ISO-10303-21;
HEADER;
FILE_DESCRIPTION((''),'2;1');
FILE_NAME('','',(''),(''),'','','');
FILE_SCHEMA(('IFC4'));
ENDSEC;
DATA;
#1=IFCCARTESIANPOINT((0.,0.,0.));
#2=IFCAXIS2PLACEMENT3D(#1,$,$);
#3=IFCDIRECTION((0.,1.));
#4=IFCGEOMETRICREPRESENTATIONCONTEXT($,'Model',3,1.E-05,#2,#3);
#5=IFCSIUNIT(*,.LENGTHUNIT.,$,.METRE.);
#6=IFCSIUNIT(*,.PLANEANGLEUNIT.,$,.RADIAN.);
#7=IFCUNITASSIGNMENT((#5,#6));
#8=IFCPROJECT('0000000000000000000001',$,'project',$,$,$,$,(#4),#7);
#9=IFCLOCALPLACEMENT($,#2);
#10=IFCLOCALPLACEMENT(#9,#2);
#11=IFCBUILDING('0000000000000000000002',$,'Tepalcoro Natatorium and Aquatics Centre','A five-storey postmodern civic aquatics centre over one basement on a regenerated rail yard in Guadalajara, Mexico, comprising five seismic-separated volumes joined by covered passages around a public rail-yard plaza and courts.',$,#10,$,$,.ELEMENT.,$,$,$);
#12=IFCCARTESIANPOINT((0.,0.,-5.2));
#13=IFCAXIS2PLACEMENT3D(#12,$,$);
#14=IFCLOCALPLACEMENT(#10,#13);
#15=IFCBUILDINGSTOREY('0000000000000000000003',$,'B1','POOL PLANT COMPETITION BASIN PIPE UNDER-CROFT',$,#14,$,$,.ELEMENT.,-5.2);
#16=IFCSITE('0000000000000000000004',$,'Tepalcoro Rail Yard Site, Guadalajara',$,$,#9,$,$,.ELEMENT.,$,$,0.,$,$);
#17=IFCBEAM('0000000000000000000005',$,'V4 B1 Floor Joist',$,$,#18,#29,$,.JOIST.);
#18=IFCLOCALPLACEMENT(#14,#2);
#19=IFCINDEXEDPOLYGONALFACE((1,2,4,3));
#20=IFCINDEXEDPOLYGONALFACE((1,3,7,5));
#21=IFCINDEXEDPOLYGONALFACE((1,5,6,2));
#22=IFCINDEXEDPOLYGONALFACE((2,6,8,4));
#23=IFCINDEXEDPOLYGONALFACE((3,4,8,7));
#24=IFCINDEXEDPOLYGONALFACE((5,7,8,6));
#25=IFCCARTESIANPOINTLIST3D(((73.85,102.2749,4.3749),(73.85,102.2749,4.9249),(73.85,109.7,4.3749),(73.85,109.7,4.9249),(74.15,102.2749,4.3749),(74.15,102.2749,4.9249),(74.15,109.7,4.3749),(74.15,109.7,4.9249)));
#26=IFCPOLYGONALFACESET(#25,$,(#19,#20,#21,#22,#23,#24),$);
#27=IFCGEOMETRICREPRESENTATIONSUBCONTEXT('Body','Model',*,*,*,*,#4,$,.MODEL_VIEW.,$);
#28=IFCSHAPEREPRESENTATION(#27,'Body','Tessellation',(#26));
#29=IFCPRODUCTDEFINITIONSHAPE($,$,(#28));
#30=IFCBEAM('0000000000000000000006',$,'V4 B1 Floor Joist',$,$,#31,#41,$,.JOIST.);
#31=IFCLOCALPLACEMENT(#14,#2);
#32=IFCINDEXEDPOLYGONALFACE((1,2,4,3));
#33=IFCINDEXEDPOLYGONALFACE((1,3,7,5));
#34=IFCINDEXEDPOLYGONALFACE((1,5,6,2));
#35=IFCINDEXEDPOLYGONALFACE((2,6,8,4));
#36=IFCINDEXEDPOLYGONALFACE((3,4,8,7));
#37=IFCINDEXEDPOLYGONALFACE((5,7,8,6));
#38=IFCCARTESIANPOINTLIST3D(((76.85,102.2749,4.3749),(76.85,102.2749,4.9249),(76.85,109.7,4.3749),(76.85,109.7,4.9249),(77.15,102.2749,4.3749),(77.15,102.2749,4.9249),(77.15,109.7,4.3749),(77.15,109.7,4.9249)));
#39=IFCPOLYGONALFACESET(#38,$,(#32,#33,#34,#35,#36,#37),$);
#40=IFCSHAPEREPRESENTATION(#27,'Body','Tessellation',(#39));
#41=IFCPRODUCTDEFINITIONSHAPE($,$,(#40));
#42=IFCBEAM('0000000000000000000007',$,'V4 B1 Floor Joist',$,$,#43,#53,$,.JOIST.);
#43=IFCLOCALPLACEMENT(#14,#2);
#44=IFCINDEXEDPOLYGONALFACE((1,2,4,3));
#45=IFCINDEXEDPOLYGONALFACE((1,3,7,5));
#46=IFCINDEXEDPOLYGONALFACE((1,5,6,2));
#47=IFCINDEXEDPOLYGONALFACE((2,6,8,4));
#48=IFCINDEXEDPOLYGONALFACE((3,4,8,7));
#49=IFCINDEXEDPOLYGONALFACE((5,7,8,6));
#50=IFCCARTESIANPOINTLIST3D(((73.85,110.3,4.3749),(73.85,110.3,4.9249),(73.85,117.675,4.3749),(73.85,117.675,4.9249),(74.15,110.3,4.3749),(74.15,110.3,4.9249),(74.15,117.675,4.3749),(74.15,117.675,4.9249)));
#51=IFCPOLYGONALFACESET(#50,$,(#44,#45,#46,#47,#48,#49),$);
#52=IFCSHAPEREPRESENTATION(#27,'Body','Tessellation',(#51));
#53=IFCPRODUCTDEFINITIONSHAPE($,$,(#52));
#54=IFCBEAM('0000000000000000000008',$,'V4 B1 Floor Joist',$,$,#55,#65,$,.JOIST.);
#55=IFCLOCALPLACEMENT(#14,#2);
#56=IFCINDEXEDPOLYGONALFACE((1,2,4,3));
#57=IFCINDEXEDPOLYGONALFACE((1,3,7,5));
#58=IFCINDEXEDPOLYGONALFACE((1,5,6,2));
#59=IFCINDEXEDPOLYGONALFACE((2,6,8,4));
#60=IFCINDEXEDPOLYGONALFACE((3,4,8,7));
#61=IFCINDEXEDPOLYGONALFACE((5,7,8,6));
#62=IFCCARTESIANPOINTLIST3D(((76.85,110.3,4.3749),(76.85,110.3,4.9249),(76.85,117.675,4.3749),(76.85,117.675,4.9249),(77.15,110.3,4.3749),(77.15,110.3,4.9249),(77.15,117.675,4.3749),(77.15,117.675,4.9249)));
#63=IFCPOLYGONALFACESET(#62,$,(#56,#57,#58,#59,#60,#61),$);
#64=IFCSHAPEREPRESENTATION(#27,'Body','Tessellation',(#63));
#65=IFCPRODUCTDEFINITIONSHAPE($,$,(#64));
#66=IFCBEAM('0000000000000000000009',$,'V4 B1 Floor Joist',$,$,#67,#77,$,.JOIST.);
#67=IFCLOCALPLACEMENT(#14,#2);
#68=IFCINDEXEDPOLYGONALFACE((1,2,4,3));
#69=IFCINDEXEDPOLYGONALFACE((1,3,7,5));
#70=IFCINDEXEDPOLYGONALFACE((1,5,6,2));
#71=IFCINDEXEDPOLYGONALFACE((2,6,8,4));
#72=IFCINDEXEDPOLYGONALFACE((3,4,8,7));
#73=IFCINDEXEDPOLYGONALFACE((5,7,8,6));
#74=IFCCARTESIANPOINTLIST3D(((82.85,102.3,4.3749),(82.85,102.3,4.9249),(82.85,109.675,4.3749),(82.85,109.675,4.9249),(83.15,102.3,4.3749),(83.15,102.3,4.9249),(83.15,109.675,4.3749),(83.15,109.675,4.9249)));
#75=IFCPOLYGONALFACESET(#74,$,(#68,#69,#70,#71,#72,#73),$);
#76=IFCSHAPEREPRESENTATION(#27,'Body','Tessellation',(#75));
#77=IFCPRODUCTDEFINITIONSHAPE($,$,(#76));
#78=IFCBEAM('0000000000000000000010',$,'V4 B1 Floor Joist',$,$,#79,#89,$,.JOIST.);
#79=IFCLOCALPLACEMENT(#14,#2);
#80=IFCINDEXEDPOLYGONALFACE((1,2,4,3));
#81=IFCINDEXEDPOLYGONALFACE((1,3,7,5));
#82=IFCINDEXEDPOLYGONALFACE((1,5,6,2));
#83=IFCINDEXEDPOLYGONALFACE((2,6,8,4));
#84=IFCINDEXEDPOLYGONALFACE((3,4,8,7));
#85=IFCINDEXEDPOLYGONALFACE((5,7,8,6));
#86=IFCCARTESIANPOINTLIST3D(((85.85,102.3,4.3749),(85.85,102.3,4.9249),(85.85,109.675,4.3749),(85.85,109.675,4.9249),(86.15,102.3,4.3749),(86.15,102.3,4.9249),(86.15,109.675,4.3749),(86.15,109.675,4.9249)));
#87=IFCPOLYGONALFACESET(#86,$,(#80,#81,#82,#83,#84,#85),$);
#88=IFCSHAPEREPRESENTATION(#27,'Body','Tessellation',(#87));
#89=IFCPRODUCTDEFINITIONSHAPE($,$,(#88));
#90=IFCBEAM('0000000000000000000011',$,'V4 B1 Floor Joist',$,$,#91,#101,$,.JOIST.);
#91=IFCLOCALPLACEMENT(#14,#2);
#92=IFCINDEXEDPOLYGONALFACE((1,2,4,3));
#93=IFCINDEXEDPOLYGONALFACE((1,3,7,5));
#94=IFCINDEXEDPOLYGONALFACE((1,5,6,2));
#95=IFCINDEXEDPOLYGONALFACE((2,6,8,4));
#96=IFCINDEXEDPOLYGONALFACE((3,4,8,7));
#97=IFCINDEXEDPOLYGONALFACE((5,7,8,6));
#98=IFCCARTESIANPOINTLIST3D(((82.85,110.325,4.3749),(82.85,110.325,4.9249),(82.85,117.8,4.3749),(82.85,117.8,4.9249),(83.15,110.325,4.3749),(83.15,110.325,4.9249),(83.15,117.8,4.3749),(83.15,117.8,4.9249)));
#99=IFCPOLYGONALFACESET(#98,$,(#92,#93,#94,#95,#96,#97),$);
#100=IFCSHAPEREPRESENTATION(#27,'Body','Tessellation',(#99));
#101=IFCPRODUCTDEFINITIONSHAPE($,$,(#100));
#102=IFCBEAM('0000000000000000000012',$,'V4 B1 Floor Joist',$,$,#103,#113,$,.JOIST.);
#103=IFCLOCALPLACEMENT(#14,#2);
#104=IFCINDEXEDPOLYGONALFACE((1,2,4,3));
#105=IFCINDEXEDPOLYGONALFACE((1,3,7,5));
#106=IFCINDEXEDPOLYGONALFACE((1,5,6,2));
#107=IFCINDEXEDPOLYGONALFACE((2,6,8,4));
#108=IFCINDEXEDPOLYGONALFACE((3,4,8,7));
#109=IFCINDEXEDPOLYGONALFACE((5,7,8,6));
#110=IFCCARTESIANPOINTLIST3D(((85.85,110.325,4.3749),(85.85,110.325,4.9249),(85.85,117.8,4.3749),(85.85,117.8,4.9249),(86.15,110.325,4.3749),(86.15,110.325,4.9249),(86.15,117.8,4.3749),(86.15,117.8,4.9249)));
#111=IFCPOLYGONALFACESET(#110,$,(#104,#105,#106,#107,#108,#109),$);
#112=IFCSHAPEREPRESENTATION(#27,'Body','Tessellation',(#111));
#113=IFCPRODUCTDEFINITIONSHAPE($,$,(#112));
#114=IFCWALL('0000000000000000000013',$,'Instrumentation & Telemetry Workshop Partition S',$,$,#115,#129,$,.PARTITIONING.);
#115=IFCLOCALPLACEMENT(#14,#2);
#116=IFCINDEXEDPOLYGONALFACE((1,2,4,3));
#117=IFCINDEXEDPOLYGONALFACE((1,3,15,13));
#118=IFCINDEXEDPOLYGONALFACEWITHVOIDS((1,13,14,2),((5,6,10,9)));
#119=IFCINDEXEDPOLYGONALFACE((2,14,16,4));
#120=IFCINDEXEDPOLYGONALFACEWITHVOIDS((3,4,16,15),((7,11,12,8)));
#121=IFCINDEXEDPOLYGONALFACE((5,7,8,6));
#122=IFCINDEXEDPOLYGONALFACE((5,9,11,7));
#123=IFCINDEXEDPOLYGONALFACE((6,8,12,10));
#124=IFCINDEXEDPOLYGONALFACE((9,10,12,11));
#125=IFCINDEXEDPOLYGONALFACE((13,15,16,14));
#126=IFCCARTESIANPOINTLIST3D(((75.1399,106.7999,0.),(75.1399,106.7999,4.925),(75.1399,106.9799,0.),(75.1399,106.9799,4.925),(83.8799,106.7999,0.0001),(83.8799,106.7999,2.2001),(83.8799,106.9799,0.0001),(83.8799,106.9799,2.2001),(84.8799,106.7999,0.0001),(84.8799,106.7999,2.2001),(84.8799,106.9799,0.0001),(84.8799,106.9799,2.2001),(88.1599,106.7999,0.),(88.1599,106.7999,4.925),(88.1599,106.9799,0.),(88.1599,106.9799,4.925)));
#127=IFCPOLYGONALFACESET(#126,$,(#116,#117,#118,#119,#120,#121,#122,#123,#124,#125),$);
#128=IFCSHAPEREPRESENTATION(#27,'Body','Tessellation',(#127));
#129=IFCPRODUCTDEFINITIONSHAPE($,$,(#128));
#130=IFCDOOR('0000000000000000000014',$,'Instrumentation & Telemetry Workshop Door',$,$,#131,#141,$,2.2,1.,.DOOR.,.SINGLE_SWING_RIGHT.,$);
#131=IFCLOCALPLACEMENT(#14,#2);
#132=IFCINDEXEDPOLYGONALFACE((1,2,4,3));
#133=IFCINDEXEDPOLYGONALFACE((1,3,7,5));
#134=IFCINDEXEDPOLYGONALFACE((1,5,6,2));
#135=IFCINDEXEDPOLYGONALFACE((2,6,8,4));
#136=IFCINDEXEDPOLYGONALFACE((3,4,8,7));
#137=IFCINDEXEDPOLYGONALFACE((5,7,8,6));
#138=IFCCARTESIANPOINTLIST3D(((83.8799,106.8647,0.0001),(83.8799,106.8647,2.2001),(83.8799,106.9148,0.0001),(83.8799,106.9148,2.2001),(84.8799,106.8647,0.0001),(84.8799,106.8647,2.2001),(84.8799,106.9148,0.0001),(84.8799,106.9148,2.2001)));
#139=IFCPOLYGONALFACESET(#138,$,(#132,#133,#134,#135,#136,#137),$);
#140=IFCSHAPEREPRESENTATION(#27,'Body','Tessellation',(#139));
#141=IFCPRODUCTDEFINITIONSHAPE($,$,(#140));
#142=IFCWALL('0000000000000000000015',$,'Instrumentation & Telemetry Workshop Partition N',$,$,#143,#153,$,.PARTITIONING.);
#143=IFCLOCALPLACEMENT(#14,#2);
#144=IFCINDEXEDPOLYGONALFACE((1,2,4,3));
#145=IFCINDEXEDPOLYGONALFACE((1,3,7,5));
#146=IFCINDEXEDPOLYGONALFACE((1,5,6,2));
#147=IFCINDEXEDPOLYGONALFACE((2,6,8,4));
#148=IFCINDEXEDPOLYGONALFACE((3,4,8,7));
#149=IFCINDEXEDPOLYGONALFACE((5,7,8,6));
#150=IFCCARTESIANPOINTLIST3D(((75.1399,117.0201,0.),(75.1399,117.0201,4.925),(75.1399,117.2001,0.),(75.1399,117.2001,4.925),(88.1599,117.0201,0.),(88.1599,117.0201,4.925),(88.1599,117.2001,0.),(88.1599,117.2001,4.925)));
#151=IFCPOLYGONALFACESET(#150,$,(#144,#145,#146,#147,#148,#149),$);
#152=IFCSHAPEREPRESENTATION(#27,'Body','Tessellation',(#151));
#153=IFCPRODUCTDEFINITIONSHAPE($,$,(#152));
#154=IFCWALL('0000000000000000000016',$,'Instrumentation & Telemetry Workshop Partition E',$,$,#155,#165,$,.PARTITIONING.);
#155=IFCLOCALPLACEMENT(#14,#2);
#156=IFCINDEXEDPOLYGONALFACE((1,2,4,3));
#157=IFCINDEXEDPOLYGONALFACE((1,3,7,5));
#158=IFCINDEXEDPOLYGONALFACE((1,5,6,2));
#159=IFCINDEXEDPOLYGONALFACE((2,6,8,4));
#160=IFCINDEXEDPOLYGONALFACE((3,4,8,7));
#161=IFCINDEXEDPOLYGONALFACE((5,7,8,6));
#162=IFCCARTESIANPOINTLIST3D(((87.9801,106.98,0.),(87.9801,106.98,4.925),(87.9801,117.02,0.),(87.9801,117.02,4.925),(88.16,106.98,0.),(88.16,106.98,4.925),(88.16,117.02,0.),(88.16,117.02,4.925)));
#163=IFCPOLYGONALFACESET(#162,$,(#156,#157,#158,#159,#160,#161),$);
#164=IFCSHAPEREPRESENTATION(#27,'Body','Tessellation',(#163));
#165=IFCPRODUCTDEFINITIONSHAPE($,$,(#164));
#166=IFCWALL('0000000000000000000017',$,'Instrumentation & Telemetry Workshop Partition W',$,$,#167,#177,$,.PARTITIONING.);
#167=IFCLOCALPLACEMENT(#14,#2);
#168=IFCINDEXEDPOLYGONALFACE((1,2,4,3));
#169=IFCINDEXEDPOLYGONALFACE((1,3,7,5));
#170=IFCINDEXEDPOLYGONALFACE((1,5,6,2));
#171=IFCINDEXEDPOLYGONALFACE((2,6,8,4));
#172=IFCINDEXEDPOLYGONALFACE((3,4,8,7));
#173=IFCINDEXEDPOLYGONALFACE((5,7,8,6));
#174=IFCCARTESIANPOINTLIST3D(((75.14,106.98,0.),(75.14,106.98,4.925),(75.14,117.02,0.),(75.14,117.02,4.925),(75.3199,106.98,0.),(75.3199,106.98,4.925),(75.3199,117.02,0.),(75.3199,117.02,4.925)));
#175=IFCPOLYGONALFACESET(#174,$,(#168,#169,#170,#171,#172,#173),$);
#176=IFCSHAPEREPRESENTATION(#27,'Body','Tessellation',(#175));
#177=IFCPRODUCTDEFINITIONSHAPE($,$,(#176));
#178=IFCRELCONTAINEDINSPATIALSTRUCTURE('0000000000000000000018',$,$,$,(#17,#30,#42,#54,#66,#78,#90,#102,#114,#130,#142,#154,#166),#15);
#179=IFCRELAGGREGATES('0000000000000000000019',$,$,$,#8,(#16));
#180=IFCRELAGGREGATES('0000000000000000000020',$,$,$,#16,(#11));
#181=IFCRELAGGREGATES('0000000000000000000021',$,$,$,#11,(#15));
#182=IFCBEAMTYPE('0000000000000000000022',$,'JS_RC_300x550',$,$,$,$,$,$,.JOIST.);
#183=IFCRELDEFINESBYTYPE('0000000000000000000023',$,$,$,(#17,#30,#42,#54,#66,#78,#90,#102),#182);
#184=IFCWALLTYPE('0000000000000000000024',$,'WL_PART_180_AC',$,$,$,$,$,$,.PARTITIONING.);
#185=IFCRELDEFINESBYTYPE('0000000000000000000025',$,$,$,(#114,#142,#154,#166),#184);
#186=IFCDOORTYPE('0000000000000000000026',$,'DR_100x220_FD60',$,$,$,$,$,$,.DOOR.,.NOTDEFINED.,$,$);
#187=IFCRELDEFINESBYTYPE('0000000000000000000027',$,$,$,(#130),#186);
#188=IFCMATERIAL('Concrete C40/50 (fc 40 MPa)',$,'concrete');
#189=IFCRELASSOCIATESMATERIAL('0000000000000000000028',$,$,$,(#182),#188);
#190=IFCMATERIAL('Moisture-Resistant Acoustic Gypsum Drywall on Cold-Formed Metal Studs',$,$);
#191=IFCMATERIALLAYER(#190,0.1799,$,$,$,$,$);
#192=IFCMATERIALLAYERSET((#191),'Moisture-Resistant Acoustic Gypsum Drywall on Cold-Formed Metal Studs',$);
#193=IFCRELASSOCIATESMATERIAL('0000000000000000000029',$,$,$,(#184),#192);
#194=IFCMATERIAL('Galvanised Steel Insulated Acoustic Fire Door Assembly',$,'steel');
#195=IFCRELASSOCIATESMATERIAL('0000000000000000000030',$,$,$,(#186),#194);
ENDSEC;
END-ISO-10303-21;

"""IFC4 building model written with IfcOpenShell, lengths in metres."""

from ifc_helpers import new_model, si_unit, direction, frame, frame_2d, origin, origin_2d, place, context, subcontext, project, spatial, rectangle, extrude, material, layer, layer_set, material_profile, profile_set, type_object, element, fill, save


model = new_model("IFC4")

# Units and contexts
model_context = context("Model", 3, precision=1e-05, world=origin(), true_north=direction((0.0, 1.0)))
body_context = subcontext(model_context, "Body", "Model", "MODEL_VIEW")
ifc_project = project(units=[si_unit("LENGTHUNIT", "METRE"), si_unit("PLANEANGLEUNIT", "RADIAN")], contexts=[model_context])

# Site, building, storey
site_placement = place(None, origin())
site = spatial("IfcSite", under=ifc_project, at=site_placement, Name="Tepalcoro Rail Yard Site, Guadalajara", CompositionType="ELEMENT", RefElevation=0.0)
building_placement = place(site_placement, origin())
building = spatial("IfcBuilding", under=site, at=building_placement, Name="Tepalcoro Natatorium and Aquatics Centre", Description="A five-storey postmodern civic aquatics centre over one basement on a regenerated rail yard in Guadalajara, Mexico, comprising five seismic-separated volumes joined by covered passages around a public rail-yard plaza and courts.", CompositionType="ELEMENT")
storey_placement = place(building_placement, frame((0.0, 0.0, -5.2)))
storey = spatial("IfcBuildingStorey", under=building, at=storey_placement, Name="B1", Description="POOL PLANT COMPETITION BASIN PIPE UNDER-CROFT", CompositionType="ELEMENT", Elevation=-5.2)

# Shared definitions
ifc_material_1 = material(Name="Concrete C40/50 (fc 40 MPa)", Category="concrete")

# Beams
ifc_material_profile_1 = material_profile(ifc_material_1, rectangle(XDim=0.3, YDim=0.55, at=origin_2d()), Name="RCJ300x550")
ifc_profile_set_1 = profile_set([ifc_material_profile_1], Name="Concrete C40/50 (fc 40 MPa)")
beam_type_1 = type_object("IfcBeamType", Name="JS_RC_300x550", PredefinedType="JOIST", material=ifc_profile_set_1)
for number, where, z_axis, x_axis, name in (
    (1, (74.0, 102.2749, 4.6499), (0.0, 1.0, 0.0), (-1.0, 0.0, 0.0), "V4 B1 Floor Joist"),
    (2, (77.0, 102.2749, 4.6499), (0.0, 1.0, 0.0), (-1.0, 0.0, 0.0), "V4 B1 Floor Joist"),
):
    element("IfcBeam", number, at=place(storey_placement, frame(where, z_axis=z_axis, x_axis=x_axis)), inside=storey, type_object=beam_type_1, Name=name, PredefinedType="JOIST", context=body_context, shape_type="SweptSolid", body=[
        extrude(rectangle(XDim=0.3, YDim=0.55, at=origin_2d()), origin(), (0.0, 0.0, 1.0), 7.425),
    ])
for number, where, z_axis, x_axis, name in (
    (3, (74.0, 110.3, 4.6499), (0.0, 1.0, 0.0), (-1.0, 0.0, 0.0), "V4 B1 Floor Joist"),
    (4, (77.0, 110.3, 4.6499), (0.0, 1.0, 0.0), (-1.0, 0.0, 0.0), "V4 B1 Floor Joist"),
    (5, (83.0, 102.3, 4.6499), (0.0, 1.0, 0.0), (-1.0, 0.0, 0.0), "V4 B1 Floor Joist"),
    (6, (86.0, 102.3, 4.6499), (0.0, 1.0, 0.0), (-1.0, 0.0, 0.0), "V4 B1 Floor Joist"),
):
    element("IfcBeam", number, at=place(storey_placement, frame(where, z_axis=z_axis, x_axis=x_axis)), inside=storey, type_object=beam_type_1, Name=name, PredefinedType="JOIST", context=body_context, shape_type="SweptSolid", body=[
        extrude(rectangle(XDim=0.3, YDim=0.55, at=origin_2d()), origin(), (0.0, 0.0, 1.0), 7.375),
    ])
for number, where, z_axis, x_axis, name in (
    (7, (83.0, 110.325, 4.6499), (0.0, 1.0, 0.0), (-1.0, 0.0, 0.0), "V4 B1 Floor Joist"),
    (8, (86.0, 110.325, 4.6499), (0.0, 1.0, 0.0), (-1.0, 0.0, 0.0), "V4 B1 Floor Joist"),
):
    element("IfcBeam", number, at=place(storey_placement, frame(where, z_axis=z_axis, x_axis=x_axis)), inside=storey, type_object=beam_type_1, Name=name, PredefinedType="JOIST", context=body_context, shape_type="SweptSolid", body=[
        extrude(rectangle(XDim=0.3, YDim=0.55, at=origin_2d()), origin(), (0.0, 0.0, 1.0), 7.4751),
    ])

# Wall, opening, door
ifc_material_2 = material(Name="Moisture-Resistant Acoustic Gypsum Drywall on Cold-Formed Metal Studs")
ifc_layer_1 = layer(ifc_material_2, 0.1799)
ifc_layer_set_1 = layer_set([ifc_layer_1], Name="Moisture-Resistant Acoustic Gypsum Drywall on Cold-Formed Metal Studs")
wall_type_1 = type_object("IfcWallType", Name="WL_PART_180_AC", PredefinedType="PARTITIONING", material=ifc_layer_set_1)
wall_1_placement = place(storey_placement, frame((75.1399, 106.8899, 0.0), z_axis=(0.0, 0.0, 1.0), x_axis=(1.0, 0.0, 0.0)))
wall_1 = element("IfcWall", 9, at=wall_1_placement, inside=storey, type_object=wall_type_1, Name="Instrumentation & Telemetry Workshop Partition S", PredefinedType="PARTITIONING", context=body_context, shape_type="SweptSolid", body=[
    extrude(rectangle(XDim=13.02, YDim=0.1799, at=frame_2d((6.51, 0.0))), origin(), (0.0, 0.0, 1.0), 4.925),
])
opening_1_placement = place(wall_1_placement, frame((8.74, 0.0, 0.0)))
opening_1 = element("IfcOpeningElement", 10, at=opening_1_placement, cuts=wall_1, PredefinedType="OPENING", context=body_context, shape_type="SweptSolid", body=[
    extrude(rectangle(XDim=1.0, YDim=2.2, at=frame_2d((0.5, 1.1001))), frame((0.0, 0.1021, 0.0), z_axis=(0.0, -1.0, 0.0), x_axis=(1.0, 0.0, 0.0)), (0.0, 0.0, 1.0), 0.2039),
])
ifc_material_3 = material(Name="Galvanised Steel Insulated Acoustic Fire Door Assembly", Category="steel")
door_type_1 = type_object("IfcDoorType", Name="DR_100x220_FD60", OperationType="NOTDEFINED", PredefinedType="DOOR", material=ifc_material_3)
door_1_placement = place(opening_1_placement, origin())
door_1 = element("IfcDoor", 11, at=door_1_placement, inside=storey, type_object=door_type_1, Name="Instrumentation & Telemetry Workshop Door", OperationType="SINGLE_SWING_RIGHT", OverallHeight=2.2, OverallWidth=1.0, PredefinedType="DOOR", context=body_context, shape_type="SweptSolid", body=[
    extrude(rectangle(XDim=1.0, YDim=2.2, at=frame_2d((0.5, 1.1001))), frame((0.0, 0.0249, 0.0), z_axis=(0.0, -1.0, 0.0), x_axis=(1.0, 0.0, 0.0)), (0.0, 0.0, 1.0), 0.05),
])
fill(opening_1, door_1)

# Walls
wall_2_placement = place(storey_placement, frame((75.1399, 117.1101, 0.0), z_axis=(0.0, 0.0, 1.0), x_axis=(1.0, 0.0, 0.0)))
element("IfcWall", 12, at=wall_2_placement, inside=storey, type_object=wall_type_1, Name="Instrumentation & Telemetry Workshop Partition N", PredefinedType="PARTITIONING", context=body_context, shape_type="SweptSolid", body=[
    extrude(rectangle(XDim=13.02, YDim=0.1799, at=frame_2d((6.51, 0.0))), origin(), (0.0, 0.0, 1.0), 4.925),
])
for number, where, z_axis, x_axis, name in (
    (13, (88.0701, 106.98, 0.0), (0.0, 0.0, 1.0), (0.0, 1.0, 0.0), "Instrumentation & Telemetry Workshop Partition E"),
    (14, (75.23, 106.98, 0.0), (0.0, 0.0, 1.0), (0.0, 1.0, 0.0), "Instrumentation & Telemetry Workshop Partition W"),
):
    element("IfcWall", number, at=place(storey_placement, frame(where, z_axis=z_axis, x_axis=x_axis)), inside=storey, type_object=wall_type_1, Name=name, PredefinedType="PARTITIONING", context=body_context, shape_type="SweptSolid", body=[
        extrude(rectangle(XDim=10.04, YDim=0.1799, at=frame_2d((5.02, 0.0))), origin(), (0.0, 0.0, 1.0), 4.925),
    ])

save(model, "model.ifc")
